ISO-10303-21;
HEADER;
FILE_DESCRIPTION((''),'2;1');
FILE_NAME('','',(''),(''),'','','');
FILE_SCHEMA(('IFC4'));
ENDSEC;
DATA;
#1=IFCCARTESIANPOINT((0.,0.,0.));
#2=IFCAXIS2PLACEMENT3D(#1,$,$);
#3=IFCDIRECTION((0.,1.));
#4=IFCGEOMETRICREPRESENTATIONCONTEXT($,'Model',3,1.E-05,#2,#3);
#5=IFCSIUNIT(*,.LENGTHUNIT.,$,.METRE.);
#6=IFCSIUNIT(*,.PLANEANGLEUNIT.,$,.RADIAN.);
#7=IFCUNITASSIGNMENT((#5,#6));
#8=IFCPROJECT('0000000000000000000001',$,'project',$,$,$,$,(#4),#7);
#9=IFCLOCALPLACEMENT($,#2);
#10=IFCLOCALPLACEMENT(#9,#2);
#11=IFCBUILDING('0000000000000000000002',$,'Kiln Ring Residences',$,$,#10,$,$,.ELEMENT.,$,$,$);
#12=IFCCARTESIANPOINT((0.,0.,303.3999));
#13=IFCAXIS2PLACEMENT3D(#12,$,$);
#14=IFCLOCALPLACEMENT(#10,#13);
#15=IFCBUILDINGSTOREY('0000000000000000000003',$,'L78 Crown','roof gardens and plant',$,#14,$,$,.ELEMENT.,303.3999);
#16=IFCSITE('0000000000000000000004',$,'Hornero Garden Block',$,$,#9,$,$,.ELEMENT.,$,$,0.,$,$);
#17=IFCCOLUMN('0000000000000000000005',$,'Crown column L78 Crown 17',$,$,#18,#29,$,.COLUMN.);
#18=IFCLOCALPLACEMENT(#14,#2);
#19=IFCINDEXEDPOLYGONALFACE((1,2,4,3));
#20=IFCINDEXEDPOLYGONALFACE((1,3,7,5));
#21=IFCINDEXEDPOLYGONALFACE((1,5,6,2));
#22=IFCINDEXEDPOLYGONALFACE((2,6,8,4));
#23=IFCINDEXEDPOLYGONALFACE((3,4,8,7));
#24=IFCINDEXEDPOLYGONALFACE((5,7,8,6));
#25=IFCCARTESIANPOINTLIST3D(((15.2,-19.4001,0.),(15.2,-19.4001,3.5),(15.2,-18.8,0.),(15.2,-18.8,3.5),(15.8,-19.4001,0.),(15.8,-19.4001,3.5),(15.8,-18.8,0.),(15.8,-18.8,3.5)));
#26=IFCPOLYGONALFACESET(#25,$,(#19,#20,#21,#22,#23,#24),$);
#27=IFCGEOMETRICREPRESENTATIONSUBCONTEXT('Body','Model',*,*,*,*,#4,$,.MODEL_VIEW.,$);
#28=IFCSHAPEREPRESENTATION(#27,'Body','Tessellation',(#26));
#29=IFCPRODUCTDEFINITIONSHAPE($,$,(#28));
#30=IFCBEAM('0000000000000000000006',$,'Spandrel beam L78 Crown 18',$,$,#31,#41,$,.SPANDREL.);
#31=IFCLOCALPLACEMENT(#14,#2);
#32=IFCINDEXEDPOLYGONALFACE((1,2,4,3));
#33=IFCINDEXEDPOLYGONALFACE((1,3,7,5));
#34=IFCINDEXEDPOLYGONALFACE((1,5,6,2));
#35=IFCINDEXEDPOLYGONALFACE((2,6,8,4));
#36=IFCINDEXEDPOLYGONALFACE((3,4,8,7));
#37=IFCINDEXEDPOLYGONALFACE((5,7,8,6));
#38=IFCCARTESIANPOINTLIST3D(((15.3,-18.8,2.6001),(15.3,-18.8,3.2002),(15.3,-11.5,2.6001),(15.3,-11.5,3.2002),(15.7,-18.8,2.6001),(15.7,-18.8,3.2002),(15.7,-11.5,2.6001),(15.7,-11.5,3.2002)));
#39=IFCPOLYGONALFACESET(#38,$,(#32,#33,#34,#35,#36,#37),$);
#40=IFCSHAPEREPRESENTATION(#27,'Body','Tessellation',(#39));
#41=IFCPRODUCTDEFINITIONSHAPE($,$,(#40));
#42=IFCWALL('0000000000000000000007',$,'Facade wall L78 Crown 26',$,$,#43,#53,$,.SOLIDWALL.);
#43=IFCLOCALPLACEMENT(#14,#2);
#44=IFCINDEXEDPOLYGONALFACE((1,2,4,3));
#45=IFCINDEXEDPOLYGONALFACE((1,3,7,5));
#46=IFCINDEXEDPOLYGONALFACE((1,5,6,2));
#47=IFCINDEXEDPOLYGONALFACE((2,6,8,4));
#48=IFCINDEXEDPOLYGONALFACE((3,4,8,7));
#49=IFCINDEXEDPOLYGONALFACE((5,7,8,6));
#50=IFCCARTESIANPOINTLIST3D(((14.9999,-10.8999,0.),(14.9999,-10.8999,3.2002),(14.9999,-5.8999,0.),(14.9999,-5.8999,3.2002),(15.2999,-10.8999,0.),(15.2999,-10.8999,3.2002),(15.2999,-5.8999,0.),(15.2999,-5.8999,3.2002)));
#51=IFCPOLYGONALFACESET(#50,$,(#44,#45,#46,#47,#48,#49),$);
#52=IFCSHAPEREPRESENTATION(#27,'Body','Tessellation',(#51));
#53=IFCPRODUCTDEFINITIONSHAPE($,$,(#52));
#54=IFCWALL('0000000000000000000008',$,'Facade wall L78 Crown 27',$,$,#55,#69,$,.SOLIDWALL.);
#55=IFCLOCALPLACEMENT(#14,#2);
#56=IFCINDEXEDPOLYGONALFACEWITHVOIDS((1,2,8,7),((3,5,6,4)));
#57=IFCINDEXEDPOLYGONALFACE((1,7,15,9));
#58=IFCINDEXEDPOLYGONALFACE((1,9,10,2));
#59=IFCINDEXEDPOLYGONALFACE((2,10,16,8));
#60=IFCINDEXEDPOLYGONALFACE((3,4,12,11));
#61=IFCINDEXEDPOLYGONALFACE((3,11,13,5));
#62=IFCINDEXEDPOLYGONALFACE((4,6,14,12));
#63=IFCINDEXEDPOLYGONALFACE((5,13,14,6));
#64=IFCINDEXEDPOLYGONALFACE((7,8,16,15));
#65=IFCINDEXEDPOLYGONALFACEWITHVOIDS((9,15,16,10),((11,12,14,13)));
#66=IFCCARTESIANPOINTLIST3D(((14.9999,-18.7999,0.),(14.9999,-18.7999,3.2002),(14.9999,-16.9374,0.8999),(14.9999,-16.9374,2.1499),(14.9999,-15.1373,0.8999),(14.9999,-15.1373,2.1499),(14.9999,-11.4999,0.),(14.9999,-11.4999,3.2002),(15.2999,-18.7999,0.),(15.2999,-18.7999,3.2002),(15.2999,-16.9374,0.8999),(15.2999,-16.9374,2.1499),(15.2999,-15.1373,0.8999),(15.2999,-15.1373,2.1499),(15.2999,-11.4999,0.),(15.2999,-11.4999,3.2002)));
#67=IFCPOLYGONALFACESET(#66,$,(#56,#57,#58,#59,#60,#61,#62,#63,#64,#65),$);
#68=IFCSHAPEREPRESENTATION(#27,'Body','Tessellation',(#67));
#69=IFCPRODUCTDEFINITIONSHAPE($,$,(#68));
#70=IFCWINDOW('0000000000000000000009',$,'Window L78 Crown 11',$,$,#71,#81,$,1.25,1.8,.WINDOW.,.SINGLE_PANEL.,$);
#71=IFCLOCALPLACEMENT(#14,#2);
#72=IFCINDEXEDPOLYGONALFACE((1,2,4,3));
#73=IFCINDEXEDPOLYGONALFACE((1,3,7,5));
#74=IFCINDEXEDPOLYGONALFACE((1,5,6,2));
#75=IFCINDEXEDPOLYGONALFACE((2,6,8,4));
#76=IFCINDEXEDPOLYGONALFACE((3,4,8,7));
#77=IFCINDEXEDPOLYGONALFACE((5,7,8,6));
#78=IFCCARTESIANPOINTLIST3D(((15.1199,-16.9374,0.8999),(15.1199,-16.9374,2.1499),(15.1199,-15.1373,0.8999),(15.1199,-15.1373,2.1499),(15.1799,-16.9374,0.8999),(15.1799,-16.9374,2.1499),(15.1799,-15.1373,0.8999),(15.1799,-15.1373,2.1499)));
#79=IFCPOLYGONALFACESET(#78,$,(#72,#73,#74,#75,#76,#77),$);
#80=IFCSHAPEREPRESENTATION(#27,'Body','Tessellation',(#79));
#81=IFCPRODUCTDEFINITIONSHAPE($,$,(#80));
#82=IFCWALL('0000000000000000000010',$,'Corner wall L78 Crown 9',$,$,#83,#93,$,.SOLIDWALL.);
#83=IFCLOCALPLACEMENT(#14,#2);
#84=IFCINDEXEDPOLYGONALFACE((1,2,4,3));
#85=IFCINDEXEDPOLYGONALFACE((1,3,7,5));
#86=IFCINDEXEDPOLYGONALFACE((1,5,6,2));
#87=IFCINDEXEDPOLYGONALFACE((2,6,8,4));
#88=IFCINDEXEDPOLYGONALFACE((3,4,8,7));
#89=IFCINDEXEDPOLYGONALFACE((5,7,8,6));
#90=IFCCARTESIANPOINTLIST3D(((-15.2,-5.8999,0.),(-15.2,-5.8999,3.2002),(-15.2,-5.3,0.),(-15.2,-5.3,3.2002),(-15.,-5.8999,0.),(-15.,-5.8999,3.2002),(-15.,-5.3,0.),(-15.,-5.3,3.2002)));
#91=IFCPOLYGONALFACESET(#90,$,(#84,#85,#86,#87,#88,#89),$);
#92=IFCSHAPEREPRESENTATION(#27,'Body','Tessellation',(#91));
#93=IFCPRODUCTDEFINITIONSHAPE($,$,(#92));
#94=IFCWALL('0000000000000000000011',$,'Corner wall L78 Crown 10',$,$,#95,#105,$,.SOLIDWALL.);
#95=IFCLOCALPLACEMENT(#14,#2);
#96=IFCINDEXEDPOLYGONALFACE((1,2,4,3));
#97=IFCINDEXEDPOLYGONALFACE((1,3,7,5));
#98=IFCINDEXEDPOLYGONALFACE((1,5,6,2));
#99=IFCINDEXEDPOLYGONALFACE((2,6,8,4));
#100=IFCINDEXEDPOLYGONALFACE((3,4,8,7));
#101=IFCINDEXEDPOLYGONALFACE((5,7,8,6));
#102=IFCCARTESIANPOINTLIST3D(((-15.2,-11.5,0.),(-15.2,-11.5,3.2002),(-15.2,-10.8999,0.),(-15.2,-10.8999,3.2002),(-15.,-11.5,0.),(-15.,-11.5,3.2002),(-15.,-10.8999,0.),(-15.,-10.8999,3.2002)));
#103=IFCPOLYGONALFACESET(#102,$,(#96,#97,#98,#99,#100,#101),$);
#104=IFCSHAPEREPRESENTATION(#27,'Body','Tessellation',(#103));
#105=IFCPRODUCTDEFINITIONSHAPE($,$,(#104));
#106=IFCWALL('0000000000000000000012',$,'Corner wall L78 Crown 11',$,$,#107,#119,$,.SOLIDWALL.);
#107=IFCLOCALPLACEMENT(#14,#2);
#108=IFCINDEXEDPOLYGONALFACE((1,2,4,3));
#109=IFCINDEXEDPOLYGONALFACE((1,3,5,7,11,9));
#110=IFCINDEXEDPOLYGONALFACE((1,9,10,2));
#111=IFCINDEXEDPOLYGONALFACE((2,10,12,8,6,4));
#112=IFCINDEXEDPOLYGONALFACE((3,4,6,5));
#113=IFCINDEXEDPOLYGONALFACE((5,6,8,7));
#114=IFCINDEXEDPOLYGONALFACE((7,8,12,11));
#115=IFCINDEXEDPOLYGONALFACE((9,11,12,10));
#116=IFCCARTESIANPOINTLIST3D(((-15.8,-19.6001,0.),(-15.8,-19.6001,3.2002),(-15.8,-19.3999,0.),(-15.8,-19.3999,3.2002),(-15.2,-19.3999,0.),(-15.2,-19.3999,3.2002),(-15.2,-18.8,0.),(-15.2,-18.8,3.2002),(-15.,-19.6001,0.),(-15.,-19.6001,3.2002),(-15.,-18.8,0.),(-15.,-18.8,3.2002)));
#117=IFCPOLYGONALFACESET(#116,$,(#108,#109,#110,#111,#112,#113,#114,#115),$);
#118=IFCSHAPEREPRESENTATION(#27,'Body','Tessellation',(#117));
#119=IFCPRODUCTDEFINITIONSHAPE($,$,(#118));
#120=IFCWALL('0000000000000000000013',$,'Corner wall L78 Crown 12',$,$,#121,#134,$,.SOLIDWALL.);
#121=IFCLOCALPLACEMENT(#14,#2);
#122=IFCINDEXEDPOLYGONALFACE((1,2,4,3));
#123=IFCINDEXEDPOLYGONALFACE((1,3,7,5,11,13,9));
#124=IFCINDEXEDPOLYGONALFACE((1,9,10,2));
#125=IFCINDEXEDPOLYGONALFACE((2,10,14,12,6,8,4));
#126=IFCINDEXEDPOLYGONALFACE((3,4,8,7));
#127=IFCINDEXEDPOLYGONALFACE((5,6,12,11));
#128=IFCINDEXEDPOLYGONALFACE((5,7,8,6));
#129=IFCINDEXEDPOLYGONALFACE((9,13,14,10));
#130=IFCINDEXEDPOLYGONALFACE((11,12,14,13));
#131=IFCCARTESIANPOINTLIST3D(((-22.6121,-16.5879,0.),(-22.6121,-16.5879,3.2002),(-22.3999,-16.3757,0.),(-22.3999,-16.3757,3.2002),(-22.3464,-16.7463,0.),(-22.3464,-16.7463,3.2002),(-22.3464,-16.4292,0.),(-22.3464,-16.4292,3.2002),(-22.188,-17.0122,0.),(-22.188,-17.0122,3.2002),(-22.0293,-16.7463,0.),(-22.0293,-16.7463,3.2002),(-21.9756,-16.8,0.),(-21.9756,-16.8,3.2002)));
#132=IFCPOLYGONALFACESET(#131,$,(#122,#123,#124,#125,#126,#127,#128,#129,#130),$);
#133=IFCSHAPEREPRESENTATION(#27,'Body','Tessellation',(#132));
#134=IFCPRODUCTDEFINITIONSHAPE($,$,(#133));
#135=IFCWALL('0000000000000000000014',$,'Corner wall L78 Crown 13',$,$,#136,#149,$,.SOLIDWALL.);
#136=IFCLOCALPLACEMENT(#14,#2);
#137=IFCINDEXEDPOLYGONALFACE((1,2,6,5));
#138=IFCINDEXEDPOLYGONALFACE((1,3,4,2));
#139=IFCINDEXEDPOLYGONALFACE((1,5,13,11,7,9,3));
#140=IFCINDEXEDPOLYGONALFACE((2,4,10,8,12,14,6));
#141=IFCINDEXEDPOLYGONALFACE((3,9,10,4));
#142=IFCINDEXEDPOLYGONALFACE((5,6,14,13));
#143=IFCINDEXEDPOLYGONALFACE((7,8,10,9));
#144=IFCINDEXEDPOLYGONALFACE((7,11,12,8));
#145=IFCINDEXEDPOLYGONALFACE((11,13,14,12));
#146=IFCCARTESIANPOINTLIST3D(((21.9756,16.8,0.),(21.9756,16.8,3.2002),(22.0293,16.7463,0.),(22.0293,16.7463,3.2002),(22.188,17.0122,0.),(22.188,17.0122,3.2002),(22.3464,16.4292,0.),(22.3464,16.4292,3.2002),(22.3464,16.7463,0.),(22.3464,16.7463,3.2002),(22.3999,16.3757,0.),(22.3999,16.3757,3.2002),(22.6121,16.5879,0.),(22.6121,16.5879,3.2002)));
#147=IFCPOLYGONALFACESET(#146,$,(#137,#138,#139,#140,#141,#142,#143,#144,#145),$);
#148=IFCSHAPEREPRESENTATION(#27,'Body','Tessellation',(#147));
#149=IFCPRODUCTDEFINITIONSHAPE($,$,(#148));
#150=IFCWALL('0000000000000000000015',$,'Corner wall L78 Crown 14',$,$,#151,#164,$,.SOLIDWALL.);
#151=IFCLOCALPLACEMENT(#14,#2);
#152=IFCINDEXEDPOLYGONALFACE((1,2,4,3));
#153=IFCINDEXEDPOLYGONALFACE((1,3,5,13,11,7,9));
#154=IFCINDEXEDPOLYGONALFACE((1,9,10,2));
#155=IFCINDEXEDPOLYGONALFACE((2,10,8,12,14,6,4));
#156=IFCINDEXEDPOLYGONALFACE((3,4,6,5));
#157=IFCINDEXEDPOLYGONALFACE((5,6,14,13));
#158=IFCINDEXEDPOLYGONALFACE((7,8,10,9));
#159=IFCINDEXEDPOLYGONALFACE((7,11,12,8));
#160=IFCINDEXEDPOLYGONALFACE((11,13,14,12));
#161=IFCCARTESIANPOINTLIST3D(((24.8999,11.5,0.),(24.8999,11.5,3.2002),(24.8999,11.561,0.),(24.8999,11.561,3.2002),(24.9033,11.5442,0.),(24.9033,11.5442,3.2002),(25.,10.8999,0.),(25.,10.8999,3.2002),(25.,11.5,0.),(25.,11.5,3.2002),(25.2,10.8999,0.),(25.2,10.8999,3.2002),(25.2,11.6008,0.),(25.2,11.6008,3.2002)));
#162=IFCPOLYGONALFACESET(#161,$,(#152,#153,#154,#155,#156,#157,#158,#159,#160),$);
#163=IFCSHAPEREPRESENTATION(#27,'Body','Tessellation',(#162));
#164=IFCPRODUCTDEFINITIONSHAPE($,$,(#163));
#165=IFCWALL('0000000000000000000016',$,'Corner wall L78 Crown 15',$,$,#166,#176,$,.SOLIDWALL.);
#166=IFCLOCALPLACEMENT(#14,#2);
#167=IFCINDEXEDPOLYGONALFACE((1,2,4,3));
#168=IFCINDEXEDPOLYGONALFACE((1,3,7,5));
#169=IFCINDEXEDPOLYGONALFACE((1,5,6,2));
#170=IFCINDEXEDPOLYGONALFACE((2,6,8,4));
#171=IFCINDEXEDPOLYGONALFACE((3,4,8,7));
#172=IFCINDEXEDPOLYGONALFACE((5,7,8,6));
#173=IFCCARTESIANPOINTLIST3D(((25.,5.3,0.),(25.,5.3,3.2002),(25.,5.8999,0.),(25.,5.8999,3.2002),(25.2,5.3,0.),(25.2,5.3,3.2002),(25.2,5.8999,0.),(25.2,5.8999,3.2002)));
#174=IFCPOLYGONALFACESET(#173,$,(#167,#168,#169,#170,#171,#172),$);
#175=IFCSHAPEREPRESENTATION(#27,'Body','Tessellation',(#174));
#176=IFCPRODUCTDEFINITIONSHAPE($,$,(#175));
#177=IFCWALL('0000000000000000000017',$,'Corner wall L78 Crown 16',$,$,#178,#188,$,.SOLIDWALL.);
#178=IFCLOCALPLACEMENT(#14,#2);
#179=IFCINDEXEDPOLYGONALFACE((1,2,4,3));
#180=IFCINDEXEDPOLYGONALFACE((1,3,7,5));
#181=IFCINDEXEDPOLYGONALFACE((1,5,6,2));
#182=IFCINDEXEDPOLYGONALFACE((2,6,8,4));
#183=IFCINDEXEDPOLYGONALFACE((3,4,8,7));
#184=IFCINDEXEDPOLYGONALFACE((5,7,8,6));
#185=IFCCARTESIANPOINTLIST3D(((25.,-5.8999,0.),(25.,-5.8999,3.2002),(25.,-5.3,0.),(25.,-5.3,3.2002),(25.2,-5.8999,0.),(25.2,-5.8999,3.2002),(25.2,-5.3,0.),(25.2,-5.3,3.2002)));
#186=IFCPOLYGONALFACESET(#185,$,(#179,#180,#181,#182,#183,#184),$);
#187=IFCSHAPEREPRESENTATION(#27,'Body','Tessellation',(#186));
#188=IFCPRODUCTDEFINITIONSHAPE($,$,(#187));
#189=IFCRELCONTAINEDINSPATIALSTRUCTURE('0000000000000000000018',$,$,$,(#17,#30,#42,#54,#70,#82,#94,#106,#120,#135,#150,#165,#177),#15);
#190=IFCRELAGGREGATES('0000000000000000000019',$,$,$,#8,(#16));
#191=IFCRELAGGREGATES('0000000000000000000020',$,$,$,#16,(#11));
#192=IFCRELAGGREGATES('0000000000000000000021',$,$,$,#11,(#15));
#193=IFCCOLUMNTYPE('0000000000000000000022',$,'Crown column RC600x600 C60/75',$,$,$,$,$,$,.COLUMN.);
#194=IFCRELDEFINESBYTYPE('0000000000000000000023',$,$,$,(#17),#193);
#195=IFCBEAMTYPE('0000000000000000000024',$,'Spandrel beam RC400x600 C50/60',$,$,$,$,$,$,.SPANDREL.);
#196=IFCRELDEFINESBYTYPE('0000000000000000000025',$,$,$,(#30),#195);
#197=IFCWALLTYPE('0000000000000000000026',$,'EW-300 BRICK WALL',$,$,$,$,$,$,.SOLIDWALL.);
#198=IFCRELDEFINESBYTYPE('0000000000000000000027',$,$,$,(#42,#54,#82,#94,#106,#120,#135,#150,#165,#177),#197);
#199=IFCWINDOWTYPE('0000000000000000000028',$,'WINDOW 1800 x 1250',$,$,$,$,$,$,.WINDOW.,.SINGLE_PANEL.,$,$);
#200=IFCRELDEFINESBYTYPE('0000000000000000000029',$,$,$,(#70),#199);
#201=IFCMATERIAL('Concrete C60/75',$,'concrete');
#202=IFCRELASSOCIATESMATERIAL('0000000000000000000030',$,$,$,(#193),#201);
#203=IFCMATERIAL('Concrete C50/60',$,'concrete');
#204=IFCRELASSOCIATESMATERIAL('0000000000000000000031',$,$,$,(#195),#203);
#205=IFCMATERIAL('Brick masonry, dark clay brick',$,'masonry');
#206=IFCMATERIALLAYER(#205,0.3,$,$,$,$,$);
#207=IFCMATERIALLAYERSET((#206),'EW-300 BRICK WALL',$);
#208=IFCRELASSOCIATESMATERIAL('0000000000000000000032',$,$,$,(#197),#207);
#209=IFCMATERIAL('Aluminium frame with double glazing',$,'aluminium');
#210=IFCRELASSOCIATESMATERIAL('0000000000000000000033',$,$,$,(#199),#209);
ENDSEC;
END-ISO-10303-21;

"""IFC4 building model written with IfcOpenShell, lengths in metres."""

from ifc_helpers import new_model, si_unit, direction, frame, frame_2d, origin, origin_2d, place, context, subcontext, project, spatial, polyline, rectangle, outline, extrude, material, layer, layer_set, material_profile, profile_set, type_object, element, fill, save


model = new_model("IFC4")

# Units and contexts
model_context = context("Model", 3, precision=1e-05, world=origin(), true_north=direction((0.0, 1.0)))
body_context = subcontext(model_context, "Body", "Model", "MODEL_VIEW")
ifc_project = project(units=[si_unit("LENGTHUNIT", "METRE"), si_unit("PLANEANGLEUNIT", "RADIAN")], contexts=[model_context])

# Site, building, storey
site_placement = place(None, origin())
site = spatial("IfcSite", under=ifc_project, at=site_placement, Name="Hornero Garden Block", CompositionType="ELEMENT", RefElevation=0.0)
building_placement = place(site_placement, origin())
building = spatial("IfcBuilding", under=site, at=building_placement, Name="Kiln Ring Residences", CompositionType="ELEMENT")
storey_placement = place(building_placement, frame((0.0, 0.0, 303.3999)))
storey = spatial("IfcBuildingStorey", under=building, at=storey_placement, Name="L78 Crown", Description="roof gardens and plant", CompositionType="ELEMENT", Elevation=303.3999)

# Column
ifc_material_1 = material(Name="Concrete C60/75", Category="concrete")
ifc_material_profile_1 = material_profile(ifc_material_1, rectangle(XDim=0.6001, YDim=0.6001, at=origin_2d()), Name="RC600x600")
ifc_profile_set_1 = profile_set([ifc_material_profile_1], Name="Concrete C60/75")
column_type = type_object("IfcColumnType", Name="Crown column RC600x600 C60/75", PredefinedType="COLUMN", material=ifc_profile_set_1)
column_placement = place(storey_placement, frame((15.5, -19.1001, 0.0), z_axis=(0.0, 0.0, 1.0), x_axis=(1.0, 0.0, 0.0)))
element("IfcColumn", 1, at=column_placement, inside=storey, type_object=column_type, Name="Crown column L78 Crown 17", PredefinedType="COLUMN", context=body_context, shape_type="SweptSolid", body=[
    extrude(rectangle(XDim=0.6001, YDim=0.6001, at=origin_2d()), origin(), (0.0, 0.0, 1.0), 3.5),
])

# Beam
ifc_material_2 = material(Name="Concrete C50/60", Category="concrete")
ifc_material_profile_2 = material_profile(ifc_material_2, rectangle(XDim=0.3999, YDim=0.6001, at=origin_2d()), Name="RC400x600")
ifc_profile_set_2 = profile_set([ifc_material_profile_2], Name="Concrete C50/60")
beam_type = type_object("IfcBeamType", Name="Spandrel beam RC400x600 C50/60", PredefinedType="SPANDREL", material=ifc_profile_set_2)
beam_placement = place(storey_placement, frame((15.5, -11.5, 2.9001), z_axis=(0.0, -1.0, 0.0), x_axis=(1.0, 0.0, 0.0)))
element("IfcBeam", 2, at=beam_placement, inside=storey, type_object=beam_type, Name="Spandrel beam L78 Crown 18", PredefinedType="SPANDREL", context=body_context, shape_type="SweptSolid", body=[
    extrude(rectangle(XDim=0.3999, YDim=0.6001, at=origin_2d()), origin(), (0.0, 0.0, 1.0), 7.3),
])

# Wall
ifc_material_3 = material(Name="Brick masonry, dark clay brick", Category="masonry")
ifc_layer_1 = layer(ifc_material_3, 0.3)
ifc_layer_set_1 = layer_set([ifc_layer_1], Name="EW-300 BRICK WALL")
wall_type_1 = type_object("IfcWallType", Name="EW-300 BRICK WALL", PredefinedType="SOLIDWALL", material=ifc_layer_set_1)
wall_1_placement = place(storey_placement, frame((15.1499, -5.8999, 0.0), z_axis=(0.0, 0.0, 1.0), x_axis=(0.0, -1.0, 0.0)))
element("IfcWall", 3, at=wall_1_placement, inside=storey, type_object=wall_type_1, Name="Facade wall L78 Crown 26", PredefinedType="SOLIDWALL", context=body_context, shape_type="SweptSolid", body=[
    extrude(rectangle(XDim=5.0, YDim=0.3, at=frame_2d((2.5, 0.0))), origin(), (0.0, 0.0, 1.0), 3.2002),
])

# Wall, opening, window
wall_2_placement = place(storey_placement, frame((15.1499, -11.5, 0.0), z_axis=(0.0, 0.0, 1.0), x_axis=(0.0, -1.0, 0.0)))
wall_2 = element("IfcWall", 4, at=wall_2_placement, inside=storey, type_object=wall_type_1, Name="Facade wall L78 Crown 27", PredefinedType="SOLIDWALL", context=body_context, shape_type="SweptSolid", body=[
    extrude(rectangle(XDim=7.3, YDim=0.3, at=frame_2d((3.6499, 0.0))), origin(), (0.0, 0.0, 1.0), 3.2002),
])
opening_1_placement = place(wall_2_placement, frame((3.6375, 0.0, 0.8999)))
opening_1 = element("IfcOpeningElement", 5, at=opening_1_placement, cuts=wall_2, PredefinedType="OPENING", context=body_context, shape_type="SweptSolid", body=[
    extrude(rectangle(XDim=1.8, YDim=1.25, at=frame_2d((0.8999, 0.625))), frame((0.0, 0.1599, 0.0), z_axis=(0.0, -1.0, 0.0), x_axis=(1.0, 0.0, 0.0)), (0.0, 0.0, 1.0), 0.3201),
])
ifc_material_4 = material(Name="Aluminium frame with double glazing", Category="aluminium")
window_type = type_object("IfcWindowType", Name="WINDOW 1800 x 1250", PartitioningType="SINGLE_PANEL", PredefinedType="WINDOW", material=ifc_material_4)
window_placement = place(opening_1_placement, origin())
window = element("IfcWindow", 6, at=window_placement, inside=storey, type_object=window_type, Name="Window L78 Crown 11", OverallHeight=1.25, OverallWidth=1.8, PartitioningType="SINGLE_PANEL", PredefinedType="WINDOW", context=body_context, shape_type="SweptSolid", body=[
    extrude(rectangle(XDim=1.8, YDim=1.25, at=frame_2d((0.8999, 0.625))), frame((0.0, 0.03, 0.0), z_axis=(0.0, -1.0, 0.0), x_axis=(1.0, 0.0, 0.0)), (0.0, 0.0, 1.0), 0.0601),
])
fill(opening_1, window)

# Walls
placement = place(storey_placement, origin())
element("IfcWall", 7, at=placement, inside=storey, type_object=wall_type_1, Name="Corner wall L78 Crown 9", PredefinedType="SOLIDWALL", context=body_context, shape_type="SweptSolid", body=[
    extrude(outline(polyline([(-15.3, -5.8999), (-15.0, -5.8999), (-15.0, -5.3), (-15.3, -5.3), (-15.2, -5.3), (-15.2, -5.8999), (-15.3, -5.8999)])), origin(), (0.0, 0.0, 1.0), 3.2002),
])
element("IfcWall", 8, at=placement, inside=storey, type_object=wall_type_1, Name="Corner wall L78 Crown 10", PredefinedType="SOLIDWALL", context=body_context, shape_type="SweptSolid", body=[
    extrude(outline(polyline([(-15.2, -11.5), (-15.0, -11.5), (-15.0, -10.8999), (-15.2, -10.8999), (-15.2, -11.5)])), origin(), (0.0, 0.0, 1.0), 3.2002),
])
element("IfcWall", 9, at=placement, inside=storey, type_object=wall_type_1, Name="Corner wall L78 Crown 11", PredefinedType="SOLIDWALL", context=body_context, shape_type="SweptSolid", body=[
    extrude(outline(polyline([(-15.8, -19.6001), (-15.0, -19.6001), (-15.0, -18.8), (-15.2, -18.8), (-15.2, -19.3999), (-15.8, -19.3999), (-15.8, -19.6001)])), origin(), (0.0, 0.0, 1.0), 3.2002),
])
element("IfcWall", 10, at=placement, inside=storey, type_object=wall_type_1, Name="Corner wall L78 Crown 12", PredefinedType="SOLIDWALL", context=body_context, shape_type="SweptSolid", body=[
    extrude(outline(polyline([(-22.3999, -16.3757), (-22.6121, -16.5879), (-22.188, -17.0122), (-21.9756, -16.8), (-22.0293, -16.7463), (-22.3464, -16.7463), (-22.3464, -16.4292), (-22.3999, -16.3757)])), origin(), (0.0, 0.0, 1.0), 3.2002),
])
element("IfcWall", 11, at=placement, inside=storey, type_object=wall_type_1, Name="Corner wall L78 Crown 13", PredefinedType="SOLIDWALL", context=body_context, shape_type="SweptSolid", body=[
    extrude(outline(polyline([(22.3999, 16.3757), (22.6121, 16.5879), (22.188, 17.0122), (21.9756, 16.8), (22.0293, 16.7463), (22.3464, 16.7463), (22.3464, 16.4292), (22.3999, 16.3757)])), origin(), (0.0, 0.0, 1.0), 3.2002),
])
element("IfcWall", 12, at=placement, inside=storey, type_object=wall_type_1, Name="Corner wall L78 Crown 14", PredefinedType="SOLIDWALL", context=body_context, shape_type="SweptSolid", body=[
    extrude(outline(polyline([(25.2, 10.8999), (25.2, 11.6008), (24.9033, 11.5442), (24.8999, 11.561), (24.8999, 11.5), (25.0, 11.5), (25.0, 10.8999), (25.2, 10.8999)])), origin(), (0.0, 0.0, 1.0), 3.2002),
])
element("IfcWall", 13, at=placement, inside=storey, type_object=wall_type_1, Name="Corner wall L78 Crown 15", PredefinedType="SOLIDWALL", context=body_context, shape_type="SweptSolid", body=[
    extrude(outline(polyline([(25.0, 5.3), (25.2, 5.3), (25.2, 5.8999), (24.8999, 5.8999), (25.0, 5.8999), (25.0, 5.3)])), origin(), (0.0, 0.0, 1.0), 3.2002),
])
element("IfcWall", 14, at=placement, inside=storey, type_object=wall_type_1, Name="Corner wall L78 Crown 16", PredefinedType="SOLIDWALL", context=body_context, shape_type="SweptSolid", body=[
    extrude(outline(polyline([(25.0, -5.8999), (25.2, -5.8999), (25.2, -5.3), (25.0, -5.3), (25.0, -5.8999)])), origin(), (0.0, 0.0, 1.0), 3.2002),
])

save(model, "model.ifc")
